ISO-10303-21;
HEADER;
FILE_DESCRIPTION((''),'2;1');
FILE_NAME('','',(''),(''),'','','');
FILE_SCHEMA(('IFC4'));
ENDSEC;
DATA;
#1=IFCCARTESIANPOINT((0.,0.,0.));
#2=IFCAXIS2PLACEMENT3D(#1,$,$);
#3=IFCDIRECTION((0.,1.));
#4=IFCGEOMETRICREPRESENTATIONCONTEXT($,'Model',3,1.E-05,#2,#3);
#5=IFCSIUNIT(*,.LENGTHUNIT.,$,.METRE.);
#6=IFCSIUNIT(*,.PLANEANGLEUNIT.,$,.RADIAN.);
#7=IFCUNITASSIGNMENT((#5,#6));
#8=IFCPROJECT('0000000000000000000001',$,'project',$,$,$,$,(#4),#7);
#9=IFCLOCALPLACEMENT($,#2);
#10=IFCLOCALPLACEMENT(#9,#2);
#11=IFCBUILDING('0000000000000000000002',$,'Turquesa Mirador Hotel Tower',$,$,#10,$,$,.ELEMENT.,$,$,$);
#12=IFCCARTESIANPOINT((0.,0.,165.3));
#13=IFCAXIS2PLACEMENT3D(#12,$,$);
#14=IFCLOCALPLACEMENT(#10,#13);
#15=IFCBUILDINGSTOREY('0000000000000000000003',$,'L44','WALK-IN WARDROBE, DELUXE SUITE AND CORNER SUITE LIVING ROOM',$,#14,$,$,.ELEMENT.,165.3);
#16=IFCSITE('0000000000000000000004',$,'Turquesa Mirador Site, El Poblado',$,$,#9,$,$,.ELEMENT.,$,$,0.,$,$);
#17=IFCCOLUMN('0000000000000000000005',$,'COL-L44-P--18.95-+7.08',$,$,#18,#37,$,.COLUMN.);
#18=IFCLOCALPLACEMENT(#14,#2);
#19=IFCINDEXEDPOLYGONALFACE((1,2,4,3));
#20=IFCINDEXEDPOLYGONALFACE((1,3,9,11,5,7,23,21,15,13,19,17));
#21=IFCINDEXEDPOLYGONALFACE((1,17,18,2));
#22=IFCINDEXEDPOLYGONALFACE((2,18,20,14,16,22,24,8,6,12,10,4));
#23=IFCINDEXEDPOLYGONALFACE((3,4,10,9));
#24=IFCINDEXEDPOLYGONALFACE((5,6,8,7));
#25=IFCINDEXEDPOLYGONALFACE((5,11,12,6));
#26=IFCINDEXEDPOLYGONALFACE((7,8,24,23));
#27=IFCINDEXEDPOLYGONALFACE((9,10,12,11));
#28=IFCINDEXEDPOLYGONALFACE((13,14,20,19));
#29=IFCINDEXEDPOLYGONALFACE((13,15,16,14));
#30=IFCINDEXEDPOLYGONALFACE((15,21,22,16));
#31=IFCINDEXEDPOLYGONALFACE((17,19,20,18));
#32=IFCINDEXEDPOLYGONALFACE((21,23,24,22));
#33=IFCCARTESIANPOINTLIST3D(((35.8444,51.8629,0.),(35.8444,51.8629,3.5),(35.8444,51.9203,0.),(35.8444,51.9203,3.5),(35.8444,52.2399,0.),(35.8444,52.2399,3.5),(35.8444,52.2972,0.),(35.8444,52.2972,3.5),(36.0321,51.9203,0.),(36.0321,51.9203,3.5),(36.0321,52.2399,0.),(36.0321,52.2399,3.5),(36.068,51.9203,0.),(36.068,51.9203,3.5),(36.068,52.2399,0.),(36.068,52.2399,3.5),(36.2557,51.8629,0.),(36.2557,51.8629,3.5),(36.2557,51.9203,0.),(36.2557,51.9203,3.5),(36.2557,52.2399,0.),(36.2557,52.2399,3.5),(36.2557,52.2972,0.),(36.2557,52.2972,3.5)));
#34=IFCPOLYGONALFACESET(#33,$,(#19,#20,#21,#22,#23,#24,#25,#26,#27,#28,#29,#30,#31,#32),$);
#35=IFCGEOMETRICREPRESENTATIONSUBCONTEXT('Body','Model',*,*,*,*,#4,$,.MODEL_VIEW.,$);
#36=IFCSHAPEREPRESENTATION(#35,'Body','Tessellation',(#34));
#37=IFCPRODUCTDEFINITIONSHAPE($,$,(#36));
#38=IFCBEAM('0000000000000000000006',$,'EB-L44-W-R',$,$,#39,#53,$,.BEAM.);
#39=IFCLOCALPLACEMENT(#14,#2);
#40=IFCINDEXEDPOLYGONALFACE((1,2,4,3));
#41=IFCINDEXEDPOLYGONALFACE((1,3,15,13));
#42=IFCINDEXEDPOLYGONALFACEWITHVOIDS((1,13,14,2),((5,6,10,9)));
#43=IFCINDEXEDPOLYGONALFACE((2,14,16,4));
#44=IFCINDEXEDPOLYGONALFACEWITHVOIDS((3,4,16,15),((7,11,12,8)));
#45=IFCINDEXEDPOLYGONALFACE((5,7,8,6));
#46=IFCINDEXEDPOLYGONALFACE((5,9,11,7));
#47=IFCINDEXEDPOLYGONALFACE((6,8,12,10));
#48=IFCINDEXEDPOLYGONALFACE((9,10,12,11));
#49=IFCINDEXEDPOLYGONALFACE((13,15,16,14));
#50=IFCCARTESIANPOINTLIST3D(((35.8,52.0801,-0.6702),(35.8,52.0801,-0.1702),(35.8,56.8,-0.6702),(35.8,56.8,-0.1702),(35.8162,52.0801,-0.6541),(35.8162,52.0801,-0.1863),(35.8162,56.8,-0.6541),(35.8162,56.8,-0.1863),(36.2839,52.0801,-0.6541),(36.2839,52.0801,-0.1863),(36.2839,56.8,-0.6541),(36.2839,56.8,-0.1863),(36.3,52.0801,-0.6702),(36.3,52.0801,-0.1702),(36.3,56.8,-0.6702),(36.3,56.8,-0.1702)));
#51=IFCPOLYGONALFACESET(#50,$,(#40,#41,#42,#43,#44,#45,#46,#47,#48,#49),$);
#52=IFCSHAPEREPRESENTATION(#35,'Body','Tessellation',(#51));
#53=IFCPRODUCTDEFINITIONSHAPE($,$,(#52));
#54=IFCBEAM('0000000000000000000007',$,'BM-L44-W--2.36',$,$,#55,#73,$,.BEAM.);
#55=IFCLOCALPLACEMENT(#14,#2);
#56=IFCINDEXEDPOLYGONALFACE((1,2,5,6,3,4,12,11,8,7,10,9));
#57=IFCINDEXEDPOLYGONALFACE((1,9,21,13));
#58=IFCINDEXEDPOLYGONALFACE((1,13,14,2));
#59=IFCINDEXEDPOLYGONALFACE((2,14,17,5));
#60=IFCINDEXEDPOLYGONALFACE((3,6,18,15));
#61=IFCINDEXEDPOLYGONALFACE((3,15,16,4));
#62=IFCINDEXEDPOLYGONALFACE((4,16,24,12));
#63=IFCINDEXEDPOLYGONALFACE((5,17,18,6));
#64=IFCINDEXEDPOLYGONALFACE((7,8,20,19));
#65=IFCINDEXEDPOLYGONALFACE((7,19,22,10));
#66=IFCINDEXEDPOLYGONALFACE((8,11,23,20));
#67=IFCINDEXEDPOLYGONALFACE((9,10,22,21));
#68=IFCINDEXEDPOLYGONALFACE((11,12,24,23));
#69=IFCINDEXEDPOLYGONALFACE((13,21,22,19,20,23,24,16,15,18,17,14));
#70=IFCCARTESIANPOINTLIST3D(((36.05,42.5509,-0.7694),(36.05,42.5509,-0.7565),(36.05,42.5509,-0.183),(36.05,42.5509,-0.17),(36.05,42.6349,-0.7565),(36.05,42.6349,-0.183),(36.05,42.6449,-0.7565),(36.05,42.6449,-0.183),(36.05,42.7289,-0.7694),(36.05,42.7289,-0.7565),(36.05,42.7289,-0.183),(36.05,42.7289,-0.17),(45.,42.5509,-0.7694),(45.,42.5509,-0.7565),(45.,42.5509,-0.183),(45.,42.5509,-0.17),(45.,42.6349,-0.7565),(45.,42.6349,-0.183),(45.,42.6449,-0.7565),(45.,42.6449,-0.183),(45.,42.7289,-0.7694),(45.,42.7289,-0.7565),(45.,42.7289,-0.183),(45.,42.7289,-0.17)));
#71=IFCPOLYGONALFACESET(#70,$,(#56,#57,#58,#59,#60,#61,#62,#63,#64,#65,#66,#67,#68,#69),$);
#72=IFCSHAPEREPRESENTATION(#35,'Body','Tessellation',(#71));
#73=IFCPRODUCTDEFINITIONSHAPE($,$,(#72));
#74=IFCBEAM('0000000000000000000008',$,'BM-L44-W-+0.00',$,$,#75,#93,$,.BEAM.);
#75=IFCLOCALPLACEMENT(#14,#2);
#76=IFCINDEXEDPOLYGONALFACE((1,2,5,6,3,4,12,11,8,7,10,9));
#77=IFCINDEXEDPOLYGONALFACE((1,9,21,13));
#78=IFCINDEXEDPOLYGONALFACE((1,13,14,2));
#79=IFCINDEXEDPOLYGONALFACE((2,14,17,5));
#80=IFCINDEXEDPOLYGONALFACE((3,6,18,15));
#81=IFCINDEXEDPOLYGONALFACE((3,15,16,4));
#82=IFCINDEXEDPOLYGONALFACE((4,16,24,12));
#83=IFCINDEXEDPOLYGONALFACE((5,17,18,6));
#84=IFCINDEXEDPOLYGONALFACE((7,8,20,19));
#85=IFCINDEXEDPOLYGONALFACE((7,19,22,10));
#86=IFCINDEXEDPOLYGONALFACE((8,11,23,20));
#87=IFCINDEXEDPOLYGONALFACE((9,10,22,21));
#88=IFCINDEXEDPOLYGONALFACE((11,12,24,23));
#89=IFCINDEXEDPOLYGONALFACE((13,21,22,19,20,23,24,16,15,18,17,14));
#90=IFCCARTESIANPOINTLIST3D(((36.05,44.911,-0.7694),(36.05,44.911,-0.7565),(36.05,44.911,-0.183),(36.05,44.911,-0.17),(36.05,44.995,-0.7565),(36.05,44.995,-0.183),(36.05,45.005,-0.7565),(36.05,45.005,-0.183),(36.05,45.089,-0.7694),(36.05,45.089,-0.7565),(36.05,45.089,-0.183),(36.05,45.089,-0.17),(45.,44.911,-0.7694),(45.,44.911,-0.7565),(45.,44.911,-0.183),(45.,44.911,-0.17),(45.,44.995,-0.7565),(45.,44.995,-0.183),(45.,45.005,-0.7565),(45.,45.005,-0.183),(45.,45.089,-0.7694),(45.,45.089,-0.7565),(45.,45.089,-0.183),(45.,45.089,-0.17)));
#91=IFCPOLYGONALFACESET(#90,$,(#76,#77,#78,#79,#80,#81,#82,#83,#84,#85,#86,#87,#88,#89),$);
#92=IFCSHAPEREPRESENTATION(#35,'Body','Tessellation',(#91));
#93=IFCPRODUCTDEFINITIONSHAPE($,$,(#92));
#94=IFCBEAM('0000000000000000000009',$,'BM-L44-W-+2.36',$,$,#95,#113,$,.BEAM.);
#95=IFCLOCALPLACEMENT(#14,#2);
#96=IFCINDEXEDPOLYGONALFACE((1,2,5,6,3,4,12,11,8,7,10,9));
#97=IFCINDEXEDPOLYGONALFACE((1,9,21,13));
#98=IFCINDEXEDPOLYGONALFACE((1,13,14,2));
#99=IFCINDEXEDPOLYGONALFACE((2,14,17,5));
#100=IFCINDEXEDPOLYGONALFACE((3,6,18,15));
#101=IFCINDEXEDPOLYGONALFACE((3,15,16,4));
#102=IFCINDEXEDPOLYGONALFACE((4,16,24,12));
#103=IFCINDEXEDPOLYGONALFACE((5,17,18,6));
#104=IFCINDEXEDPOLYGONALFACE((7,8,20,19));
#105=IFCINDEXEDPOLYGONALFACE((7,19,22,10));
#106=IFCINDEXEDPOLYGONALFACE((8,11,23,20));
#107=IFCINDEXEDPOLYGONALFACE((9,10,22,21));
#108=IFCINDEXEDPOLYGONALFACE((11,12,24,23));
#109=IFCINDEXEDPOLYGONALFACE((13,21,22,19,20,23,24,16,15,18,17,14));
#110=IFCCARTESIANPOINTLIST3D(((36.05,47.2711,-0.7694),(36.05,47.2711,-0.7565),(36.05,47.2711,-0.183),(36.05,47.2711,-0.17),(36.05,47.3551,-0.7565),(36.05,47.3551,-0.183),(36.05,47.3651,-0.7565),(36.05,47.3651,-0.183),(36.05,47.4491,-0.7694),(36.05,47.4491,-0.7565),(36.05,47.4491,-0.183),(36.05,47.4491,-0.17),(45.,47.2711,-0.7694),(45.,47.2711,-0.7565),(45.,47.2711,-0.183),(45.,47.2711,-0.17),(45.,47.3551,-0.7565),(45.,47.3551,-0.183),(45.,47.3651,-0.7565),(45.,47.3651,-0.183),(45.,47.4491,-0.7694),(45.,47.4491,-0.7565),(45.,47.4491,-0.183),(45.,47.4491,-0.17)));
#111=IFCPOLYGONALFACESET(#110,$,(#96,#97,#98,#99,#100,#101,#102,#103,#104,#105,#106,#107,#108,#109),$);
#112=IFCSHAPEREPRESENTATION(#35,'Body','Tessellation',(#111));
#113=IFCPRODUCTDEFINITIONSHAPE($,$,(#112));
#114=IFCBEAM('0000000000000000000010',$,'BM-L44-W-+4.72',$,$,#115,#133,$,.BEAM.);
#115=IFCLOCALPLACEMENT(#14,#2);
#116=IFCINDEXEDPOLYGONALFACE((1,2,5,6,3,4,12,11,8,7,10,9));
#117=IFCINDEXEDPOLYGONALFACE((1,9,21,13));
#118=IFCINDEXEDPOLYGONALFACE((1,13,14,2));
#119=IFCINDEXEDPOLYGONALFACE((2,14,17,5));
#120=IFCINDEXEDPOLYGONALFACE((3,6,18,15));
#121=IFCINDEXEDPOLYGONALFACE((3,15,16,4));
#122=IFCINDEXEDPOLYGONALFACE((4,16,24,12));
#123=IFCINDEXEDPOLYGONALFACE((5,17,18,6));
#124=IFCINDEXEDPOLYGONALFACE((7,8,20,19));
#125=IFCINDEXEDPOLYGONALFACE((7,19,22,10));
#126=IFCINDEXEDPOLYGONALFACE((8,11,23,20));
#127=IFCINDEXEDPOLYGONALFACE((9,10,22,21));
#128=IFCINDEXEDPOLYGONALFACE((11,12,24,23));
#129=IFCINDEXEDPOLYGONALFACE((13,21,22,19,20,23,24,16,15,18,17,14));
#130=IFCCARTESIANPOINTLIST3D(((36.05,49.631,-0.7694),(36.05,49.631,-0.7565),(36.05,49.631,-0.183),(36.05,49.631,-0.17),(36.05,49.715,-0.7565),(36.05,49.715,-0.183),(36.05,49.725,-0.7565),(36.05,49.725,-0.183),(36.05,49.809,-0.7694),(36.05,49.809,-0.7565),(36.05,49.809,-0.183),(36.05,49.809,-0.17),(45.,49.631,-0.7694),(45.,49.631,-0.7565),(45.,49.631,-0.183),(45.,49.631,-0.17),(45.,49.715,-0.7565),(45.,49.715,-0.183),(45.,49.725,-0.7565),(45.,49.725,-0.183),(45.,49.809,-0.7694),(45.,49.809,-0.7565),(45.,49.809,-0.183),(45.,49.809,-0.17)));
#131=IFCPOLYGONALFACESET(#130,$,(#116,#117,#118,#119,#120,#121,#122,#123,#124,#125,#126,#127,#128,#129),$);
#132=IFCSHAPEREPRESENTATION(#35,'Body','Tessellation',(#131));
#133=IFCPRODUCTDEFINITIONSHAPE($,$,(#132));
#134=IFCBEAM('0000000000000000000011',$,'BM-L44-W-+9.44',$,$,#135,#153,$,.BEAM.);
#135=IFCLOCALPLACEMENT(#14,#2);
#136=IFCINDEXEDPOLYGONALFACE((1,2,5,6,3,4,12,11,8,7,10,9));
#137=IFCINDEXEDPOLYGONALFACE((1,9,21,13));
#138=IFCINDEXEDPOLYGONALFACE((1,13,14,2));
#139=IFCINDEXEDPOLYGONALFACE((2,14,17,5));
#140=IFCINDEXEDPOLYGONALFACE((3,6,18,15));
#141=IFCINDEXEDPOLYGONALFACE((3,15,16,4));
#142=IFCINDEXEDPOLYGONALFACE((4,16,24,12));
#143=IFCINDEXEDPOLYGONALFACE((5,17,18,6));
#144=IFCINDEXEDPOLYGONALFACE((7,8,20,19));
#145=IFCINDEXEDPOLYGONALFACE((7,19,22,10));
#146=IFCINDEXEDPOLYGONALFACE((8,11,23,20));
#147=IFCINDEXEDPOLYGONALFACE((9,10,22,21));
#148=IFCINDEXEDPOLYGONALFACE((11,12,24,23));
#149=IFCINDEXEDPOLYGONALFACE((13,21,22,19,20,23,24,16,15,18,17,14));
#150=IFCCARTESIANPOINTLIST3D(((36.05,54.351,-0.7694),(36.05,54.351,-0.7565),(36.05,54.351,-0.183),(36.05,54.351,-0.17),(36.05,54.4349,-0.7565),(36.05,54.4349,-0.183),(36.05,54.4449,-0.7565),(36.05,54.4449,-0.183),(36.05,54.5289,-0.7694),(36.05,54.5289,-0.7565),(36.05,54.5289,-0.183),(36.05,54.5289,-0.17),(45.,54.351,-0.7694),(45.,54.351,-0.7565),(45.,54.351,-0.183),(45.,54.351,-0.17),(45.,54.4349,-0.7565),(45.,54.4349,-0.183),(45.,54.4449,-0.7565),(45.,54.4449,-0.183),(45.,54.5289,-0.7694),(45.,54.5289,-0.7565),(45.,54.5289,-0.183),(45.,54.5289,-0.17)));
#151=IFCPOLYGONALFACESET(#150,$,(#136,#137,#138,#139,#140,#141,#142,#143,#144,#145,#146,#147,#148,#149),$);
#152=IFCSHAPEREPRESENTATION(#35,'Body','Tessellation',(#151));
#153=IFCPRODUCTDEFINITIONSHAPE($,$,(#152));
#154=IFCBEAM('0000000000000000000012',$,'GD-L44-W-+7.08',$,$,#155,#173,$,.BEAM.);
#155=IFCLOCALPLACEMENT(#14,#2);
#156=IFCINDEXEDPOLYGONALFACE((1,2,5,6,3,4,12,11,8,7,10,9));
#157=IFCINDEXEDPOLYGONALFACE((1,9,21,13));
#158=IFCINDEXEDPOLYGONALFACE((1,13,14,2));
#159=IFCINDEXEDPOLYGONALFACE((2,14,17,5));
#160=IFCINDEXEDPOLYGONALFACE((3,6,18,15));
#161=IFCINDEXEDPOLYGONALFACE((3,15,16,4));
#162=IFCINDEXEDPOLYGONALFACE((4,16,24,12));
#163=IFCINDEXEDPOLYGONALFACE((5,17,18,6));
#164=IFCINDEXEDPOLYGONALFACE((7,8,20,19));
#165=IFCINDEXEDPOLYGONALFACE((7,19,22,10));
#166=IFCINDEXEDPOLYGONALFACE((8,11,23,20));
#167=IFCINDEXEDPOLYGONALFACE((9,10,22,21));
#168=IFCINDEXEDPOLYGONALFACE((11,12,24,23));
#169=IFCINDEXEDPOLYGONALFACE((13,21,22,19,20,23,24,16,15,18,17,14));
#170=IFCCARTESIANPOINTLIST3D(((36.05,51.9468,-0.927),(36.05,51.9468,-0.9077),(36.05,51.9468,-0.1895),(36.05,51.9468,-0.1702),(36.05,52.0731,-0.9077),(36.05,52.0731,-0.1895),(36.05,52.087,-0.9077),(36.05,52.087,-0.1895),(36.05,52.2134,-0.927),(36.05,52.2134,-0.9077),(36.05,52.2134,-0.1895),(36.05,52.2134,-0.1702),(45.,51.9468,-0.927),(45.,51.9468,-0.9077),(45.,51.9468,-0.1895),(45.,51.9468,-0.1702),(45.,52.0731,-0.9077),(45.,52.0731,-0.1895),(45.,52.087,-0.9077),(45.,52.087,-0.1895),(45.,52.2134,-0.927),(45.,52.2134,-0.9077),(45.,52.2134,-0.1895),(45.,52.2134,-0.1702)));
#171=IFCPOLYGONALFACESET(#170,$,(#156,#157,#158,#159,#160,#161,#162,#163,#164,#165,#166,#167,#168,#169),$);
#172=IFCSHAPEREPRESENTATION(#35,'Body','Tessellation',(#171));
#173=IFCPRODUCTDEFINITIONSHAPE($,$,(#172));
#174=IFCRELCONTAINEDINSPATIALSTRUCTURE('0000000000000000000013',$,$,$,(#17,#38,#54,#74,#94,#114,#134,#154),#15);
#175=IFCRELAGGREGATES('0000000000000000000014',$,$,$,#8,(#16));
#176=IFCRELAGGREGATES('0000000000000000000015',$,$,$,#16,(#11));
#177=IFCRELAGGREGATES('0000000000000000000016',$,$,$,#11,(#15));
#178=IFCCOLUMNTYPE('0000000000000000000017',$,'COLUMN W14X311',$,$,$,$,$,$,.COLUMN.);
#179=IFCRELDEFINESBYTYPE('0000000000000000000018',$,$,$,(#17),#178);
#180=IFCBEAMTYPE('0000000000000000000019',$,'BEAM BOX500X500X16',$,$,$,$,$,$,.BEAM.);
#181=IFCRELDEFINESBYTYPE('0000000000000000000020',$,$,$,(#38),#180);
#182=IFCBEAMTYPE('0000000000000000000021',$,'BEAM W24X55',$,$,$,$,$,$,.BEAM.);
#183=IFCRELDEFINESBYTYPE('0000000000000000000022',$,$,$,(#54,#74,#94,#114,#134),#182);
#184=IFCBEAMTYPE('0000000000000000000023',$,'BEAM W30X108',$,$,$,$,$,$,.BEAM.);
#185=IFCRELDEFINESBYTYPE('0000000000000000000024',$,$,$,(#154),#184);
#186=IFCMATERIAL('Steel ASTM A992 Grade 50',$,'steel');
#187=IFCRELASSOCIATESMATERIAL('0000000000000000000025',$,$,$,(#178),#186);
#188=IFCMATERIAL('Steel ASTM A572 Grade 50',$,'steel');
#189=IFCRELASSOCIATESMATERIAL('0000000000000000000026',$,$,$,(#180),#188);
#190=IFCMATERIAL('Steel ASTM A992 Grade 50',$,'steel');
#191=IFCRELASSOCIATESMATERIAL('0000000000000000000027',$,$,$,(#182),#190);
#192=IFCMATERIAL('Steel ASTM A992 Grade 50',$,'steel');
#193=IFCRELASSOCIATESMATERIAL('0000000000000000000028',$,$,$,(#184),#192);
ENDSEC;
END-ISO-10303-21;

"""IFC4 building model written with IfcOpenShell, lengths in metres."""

from ifc_helpers import new_model, si_unit, direction, frame, origin, origin_2d, place, context, subcontext, project, spatial, hollow_rectangle, i_section, extrude, material, material_profile, profile_set, type_object, element, save


model = new_model("IFC4")

# Units and contexts
model_context = context("Model", 3, precision=1e-05, world=origin(), true_north=direction((0.0, 1.0)))
body_context = subcontext(model_context, "Body", "Model", "MODEL_VIEW")
ifc_project = project(units=[si_unit("LENGTHUNIT", "METRE"), si_unit("PLANEANGLEUNIT", "RADIAN")], contexts=[model_context])

# Site, building, storey
site_placement = place(None, origin())
site = spatial("IfcSite", under=ifc_project, at=site_placement, Name="Turquesa Mirador Site, El Poblado", CompositionType="ELEMENT", RefElevation=0.0)
building_placement = place(site_placement, origin())
building = spatial("IfcBuilding", under=site, at=building_placement, Name="Turquesa Mirador Hotel Tower", CompositionType="ELEMENT")
storey_placement = place(building_placement, frame((0.0, 0.0, 165.3)))
storey = spatial("IfcBuildingStorey", under=building, at=storey_placement, Name="L44", Description="WALK-IN WARDROBE, DELUXE SUITE AND CORNER SUITE LIVING ROOM", CompositionType="ELEMENT", Elevation=165.3)

# Column
ifc_material_1 = material(Name="Steel ASTM A992 Grade 50", Category="steel")
ifc_material_profile_1 = material_profile(ifc_material_1, i_section(OverallWidth=0.4114, OverallDepth=0.4343, WebThickness=0.0359, FlangeThickness=0.0574, at=origin_2d()), Name="W14X311")
ifc_profile_set_1 = profile_set([ifc_material_profile_1], Name="Steel ASTM A992 Grade 50")
column_type = type_object("IfcColumnType", Name="COLUMN W14X311", PredefinedType="COLUMN", material=ifc_profile_set_1)
column_placement = place(storey_placement, frame((36.05, 52.0801, 0.0), z_axis=(0.0, 0.0, 1.0), x_axis=(1.0, 0.0, 0.0)))
element("IfcColumn", 1, at=column_placement, inside=storey, type_object=column_type, Name="COL-L44-P--18.95-+7.08", PredefinedType="COLUMN", context=body_context, shape_type="SweptSolid", body=[
    extrude(i_section(OverallWidth=0.4114, OverallDepth=0.4343, WebThickness=0.0359, FlangeThickness=0.0574, at=origin_2d()), origin(), (0.0, 0.0, 1.0), 3.5),
])

# Beams
ifc_material_2 = material(Name="Steel ASTM A572 Grade 50", Category="steel")
ifc_material_profile_2 = material_profile(ifc_material_2, hollow_rectangle(XDim=0.5, YDim=0.5, WallThickness=0.0161, at=origin_2d()), Name="BOX500X500X16")
ifc_profile_set_2 = profile_set([ifc_material_profile_2], Name="Steel ASTM A572 Grade 50")
beam_type_1 = type_object("IfcBeamType", Name="BEAM BOX500X500X16", PredefinedType="BEAM", material=ifc_profile_set_2)
beam_1_placement = place(storey_placement, frame((36.05, 52.0801, -0.4202), z_axis=(0.0, 1.0, 0.0), x_axis=(-1.0, 0.0, 0.0)))
element("IfcBeam", 2, at=beam_1_placement, inside=storey, type_object=beam_type_1, Name="EB-L44-W-R", PredefinedType="BEAM", context=body_context, shape_type="SweptSolid", body=[
    extrude(hollow_rectangle(XDim=0.5, YDim=0.5, WallThickness=0.0161, at=origin_2d()), origin(), (0.0, 0.0, 1.0), 4.72),
])
ifc_material_3 = material(Name="Steel ASTM A992 Grade 50", Category="steel")
ifc_material_profile_3 = material_profile(ifc_material_3, i_section(OverallWidth=0.178, OverallDepth=0.5994, WebThickness=0.01, FlangeThickness=0.0129, at=origin_2d()), Name="W24X55")
ifc_profile_set_3 = profile_set([ifc_material_profile_3], Name="Steel ASTM A992 Grade 50")
beam_type_2 = type_object("IfcBeamType", Name="BEAM W24X55", PredefinedType="BEAM", material=ifc_profile_set_3)
for number, where, z_axis, x_axis, name in (
    (3, (36.05, 42.6399, -0.4697), (1.0, 0.0, 0.0), (0.0, 1.0, 0.0), "BM-L44-W--2.36"),
    (4, (36.05, 45.0, -0.4697), (1.0, 0.0, 0.0), (0.0, 1.0, 0.0), "BM-L44-W-+0.00"),
    (5, (36.05, 47.3601, -0.4697), (1.0, 0.0, 0.0), (0.0, 1.0, 0.0), "BM-L44-W-+2.36"),
    (6, (36.05, 49.72, -0.4697), (1.0, 0.0, 0.0), (0.0, 1.0, 0.0), "BM-L44-W-+4.72"),
    (7, (36.05, 54.4399, -0.4697), (1.0, 0.0, 0.0), (0.0, 1.0, 0.0), "BM-L44-W-+9.44"),
):
    element("IfcBeam", number, at=place(storey_placement, frame(where, z_axis=z_axis, x_axis=x_axis)), inside=storey, type_object=beam_type_2, Name=name, PredefinedType="BEAM", context=body_context, shape_type="SweptSolid", body=[
        extrude(i_section(OverallWidth=0.178, OverallDepth=0.5994, WebThickness=0.01, FlangeThickness=0.0129, at=origin_2d()), origin(), (0.0, 0.0, 1.0), 8.95),
    ])
ifc_material_4 = material(Name="Steel ASTM A992 Grade 50", Category="steel")
ifc_material_profile_4 = material_profile(ifc_material_4, i_section(OverallWidth=0.2666, OverallDepth=0.7568, WebThickness=0.0139, FlangeThickness=0.0193, at=origin_2d()), Name="W30X108")
ifc_profile_set_4 = profile_set([ifc_material_profile_4], Name="Steel ASTM A992 Grade 50")
beam_type_3 = type_object("IfcBeamType", Name="BEAM W30X108", PredefinedType="BEAM", material=ifc_profile_set_4)
beam_2_placement = place(storey_placement, frame((36.05, 52.0801, -0.5486), z_axis=(1.0, 0.0, 0.0), x_axis=(0.0, 1.0, 0.0)))
element("IfcBeam", 8, at=beam_2_placement, inside=storey, type_object=beam_type_3, Name="GD-L44-W-+7.08", PredefinedType="BEAM", context=body_context, shape_type="SweptSolid", body=[
    extrude(i_section(OverallWidth=0.2666, OverallDepth=0.7568, WebThickness=0.0139, FlangeThickness=0.0193, at=origin_2d()), origin(), (0.0, 0.0, 1.0), 8.95),
])

save(model, "model.ifc")
